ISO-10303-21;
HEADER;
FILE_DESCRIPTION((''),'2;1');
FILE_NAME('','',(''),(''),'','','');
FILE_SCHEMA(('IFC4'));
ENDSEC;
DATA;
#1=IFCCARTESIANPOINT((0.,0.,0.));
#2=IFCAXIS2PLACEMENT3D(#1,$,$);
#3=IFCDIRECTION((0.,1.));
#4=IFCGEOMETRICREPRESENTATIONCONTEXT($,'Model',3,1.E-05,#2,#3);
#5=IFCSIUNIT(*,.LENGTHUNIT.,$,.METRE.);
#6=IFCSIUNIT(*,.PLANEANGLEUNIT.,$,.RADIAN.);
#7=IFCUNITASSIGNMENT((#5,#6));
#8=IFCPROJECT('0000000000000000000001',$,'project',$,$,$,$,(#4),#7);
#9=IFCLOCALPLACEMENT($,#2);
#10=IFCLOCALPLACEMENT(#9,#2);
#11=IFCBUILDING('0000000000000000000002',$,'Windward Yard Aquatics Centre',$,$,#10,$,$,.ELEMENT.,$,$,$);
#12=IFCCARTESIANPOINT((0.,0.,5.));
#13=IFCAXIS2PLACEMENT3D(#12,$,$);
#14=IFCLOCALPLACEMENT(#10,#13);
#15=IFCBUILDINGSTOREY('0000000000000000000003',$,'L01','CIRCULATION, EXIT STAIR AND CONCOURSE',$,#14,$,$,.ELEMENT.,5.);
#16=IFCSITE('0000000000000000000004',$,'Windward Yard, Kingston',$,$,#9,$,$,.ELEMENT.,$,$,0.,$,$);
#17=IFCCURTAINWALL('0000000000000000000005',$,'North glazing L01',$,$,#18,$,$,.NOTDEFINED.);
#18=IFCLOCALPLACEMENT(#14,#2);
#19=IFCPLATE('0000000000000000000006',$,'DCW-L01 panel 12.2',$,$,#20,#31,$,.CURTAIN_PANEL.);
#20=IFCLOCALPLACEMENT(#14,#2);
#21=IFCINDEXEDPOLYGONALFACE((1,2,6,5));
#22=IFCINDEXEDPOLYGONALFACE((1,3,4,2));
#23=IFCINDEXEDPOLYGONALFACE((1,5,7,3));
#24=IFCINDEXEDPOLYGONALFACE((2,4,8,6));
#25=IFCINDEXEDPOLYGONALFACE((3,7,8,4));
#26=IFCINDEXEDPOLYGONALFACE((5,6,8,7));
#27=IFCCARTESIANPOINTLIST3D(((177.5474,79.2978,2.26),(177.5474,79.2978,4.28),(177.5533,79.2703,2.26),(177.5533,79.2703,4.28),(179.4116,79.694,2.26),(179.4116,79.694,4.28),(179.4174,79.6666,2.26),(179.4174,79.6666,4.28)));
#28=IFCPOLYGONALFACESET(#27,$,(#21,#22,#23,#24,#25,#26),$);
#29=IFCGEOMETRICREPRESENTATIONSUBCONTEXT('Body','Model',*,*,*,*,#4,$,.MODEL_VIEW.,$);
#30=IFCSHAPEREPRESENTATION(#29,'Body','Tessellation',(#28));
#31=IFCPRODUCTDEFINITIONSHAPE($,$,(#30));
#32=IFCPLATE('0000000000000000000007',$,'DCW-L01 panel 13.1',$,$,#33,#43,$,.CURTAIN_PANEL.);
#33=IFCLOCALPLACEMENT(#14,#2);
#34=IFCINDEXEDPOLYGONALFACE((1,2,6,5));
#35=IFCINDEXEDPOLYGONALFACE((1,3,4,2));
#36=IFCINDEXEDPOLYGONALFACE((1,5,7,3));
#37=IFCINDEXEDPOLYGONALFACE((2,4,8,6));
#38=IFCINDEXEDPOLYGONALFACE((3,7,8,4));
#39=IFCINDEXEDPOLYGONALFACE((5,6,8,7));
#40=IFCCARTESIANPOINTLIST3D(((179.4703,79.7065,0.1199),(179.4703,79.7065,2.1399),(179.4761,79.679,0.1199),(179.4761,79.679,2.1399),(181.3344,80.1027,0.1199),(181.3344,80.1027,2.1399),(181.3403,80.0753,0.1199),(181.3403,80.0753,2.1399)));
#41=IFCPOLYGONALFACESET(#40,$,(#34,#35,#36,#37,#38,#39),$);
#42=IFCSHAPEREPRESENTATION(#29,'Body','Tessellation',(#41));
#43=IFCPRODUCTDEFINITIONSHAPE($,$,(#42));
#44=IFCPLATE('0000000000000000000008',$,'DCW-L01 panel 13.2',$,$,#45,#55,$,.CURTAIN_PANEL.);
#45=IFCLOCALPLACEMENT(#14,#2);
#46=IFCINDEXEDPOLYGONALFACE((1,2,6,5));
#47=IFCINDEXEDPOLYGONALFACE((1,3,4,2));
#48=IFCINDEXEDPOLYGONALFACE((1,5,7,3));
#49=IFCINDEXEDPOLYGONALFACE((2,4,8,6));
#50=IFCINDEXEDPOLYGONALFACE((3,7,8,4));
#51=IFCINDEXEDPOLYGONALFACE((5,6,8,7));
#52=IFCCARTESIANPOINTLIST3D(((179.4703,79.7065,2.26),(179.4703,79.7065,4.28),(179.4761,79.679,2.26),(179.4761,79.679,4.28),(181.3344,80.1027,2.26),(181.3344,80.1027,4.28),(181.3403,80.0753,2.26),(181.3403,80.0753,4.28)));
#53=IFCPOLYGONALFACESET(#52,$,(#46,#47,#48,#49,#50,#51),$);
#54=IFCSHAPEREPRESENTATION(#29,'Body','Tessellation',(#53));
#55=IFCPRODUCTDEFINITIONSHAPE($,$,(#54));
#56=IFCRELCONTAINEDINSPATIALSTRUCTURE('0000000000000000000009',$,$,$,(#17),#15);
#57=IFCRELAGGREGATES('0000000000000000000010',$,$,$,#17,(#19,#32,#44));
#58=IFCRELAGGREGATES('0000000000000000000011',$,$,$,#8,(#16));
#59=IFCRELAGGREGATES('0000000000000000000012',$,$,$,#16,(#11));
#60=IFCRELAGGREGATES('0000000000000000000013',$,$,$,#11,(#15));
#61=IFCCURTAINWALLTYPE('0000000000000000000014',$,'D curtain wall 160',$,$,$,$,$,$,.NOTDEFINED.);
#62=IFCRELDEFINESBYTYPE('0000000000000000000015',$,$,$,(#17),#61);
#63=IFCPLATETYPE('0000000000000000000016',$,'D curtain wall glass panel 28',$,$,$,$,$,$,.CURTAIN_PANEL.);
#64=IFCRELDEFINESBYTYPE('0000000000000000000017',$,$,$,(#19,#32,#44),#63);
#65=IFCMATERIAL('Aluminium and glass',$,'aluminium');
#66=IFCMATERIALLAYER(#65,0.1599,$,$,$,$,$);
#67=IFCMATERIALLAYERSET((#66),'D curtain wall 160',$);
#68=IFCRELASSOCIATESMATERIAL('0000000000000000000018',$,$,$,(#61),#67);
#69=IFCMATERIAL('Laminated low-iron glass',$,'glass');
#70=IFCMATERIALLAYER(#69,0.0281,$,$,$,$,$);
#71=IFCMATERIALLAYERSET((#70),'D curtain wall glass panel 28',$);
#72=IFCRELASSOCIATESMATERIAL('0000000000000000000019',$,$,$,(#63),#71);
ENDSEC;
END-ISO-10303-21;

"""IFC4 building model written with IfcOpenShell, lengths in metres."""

from ifc_helpers import new_model, si_unit, direction, frame, origin, origin_2d, place, context, subcontext, project, spatial, rectangle, extrude, material, layer, layer_set, type_object, element, aggregate, save


model = new_model("IFC4")

# Units and contexts
model_context = context("Model", 3, precision=1e-05, world=origin(), true_north=direction((0.0, 1.0)))
body_context = subcontext(model_context, "Body", "Model", "MODEL_VIEW")
ifc_project = project(units=[si_unit("LENGTHUNIT", "METRE"), si_unit("PLANEANGLEUNIT", "RADIAN")], contexts=[model_context])

# Site, building, storey
site_placement = place(None, origin())
site = spatial("IfcSite", under=ifc_project, at=site_placement, Name="Windward Yard, Kingston", CompositionType="ELEMENT", RefElevation=0.0)
building_placement = place(site_placement, origin())
building = spatial("IfcBuilding", under=site, at=building_placement, Name="Windward Yard Aquatics Centre", CompositionType="ELEMENT")
storey_placement = place(building_placement, frame((0.0, 0.0, 5.0)))
storey = spatial("IfcBuildingStorey", under=building, at=storey_placement, Name="L01", Description="CIRCULATION, EXIT STAIR AND CONCOURSE", CompositionType="ELEMENT", Elevation=5.0)

# Curtain wall, plates
ifc_material_1 = material(Name="Aluminium and glass", Category="aluminium")
ifc_layer_1 = layer(ifc_material_1, 0.1599)
ifc_layer_set_1 = layer_set([ifc_layer_1], Name="D curtain wall 160")
curtain_wall_type = type_object("IfcCurtainWallType", Name="D curtain wall 160", PredefinedType="NOTDEFINED", material=ifc_layer_set_1)
curtain_wall_placement = place(storey_placement, origin())
curtain_wall = element("IfcCurtainWall", 1, at=curtain_wall_placement, inside=storey, type_object=curtain_wall_type, Name="North glazing L01", PredefinedType="NOTDEFINED")
ifc_material_2 = material(Name="Laminated low-iron glass", Category="glass")
ifc_layer_2 = layer(ifc_material_2, 0.0281)
ifc_layer_set_2 = layer_set([ifc_layer_2], Name="D curtain wall glass panel 28")
plate_type = type_object("IfcPlateType", Name="D curtain wall glass panel 28", PredefinedType="CURTAIN_PANEL", material=ifc_layer_set_2)
plate_1_placement = place(storey_placement, frame((178.4824, 79.4822, 2.26), z_axis=(0.0, 0.0, 1.0), x_axis=(0.978148, 0.207912, 0.0)))
plate_1 = element("IfcPlate", 2, at=plate_1_placement, type_object=plate_type, Name="DCW-L01 panel 12.2", PredefinedType="CURTAIN_PANEL", context=body_context, shape_type="SweptSolid", body=[
    extrude(rectangle(XDim=1.9058, YDim=0.0281, at=origin_2d()), origin(), (0.0, 0.0, 1.0), 2.02),
])
plate_2_placement = place(storey_placement, frame((180.4053, 79.8909, 0.1199), z_axis=(0.0, 0.0, 1.0), x_axis=(0.978148, 0.207912, 0.0)))
plate_2 = element("IfcPlate", 3, at=plate_2_placement, type_object=plate_type, Name="DCW-L01 panel 13.1", PredefinedType="CURTAIN_PANEL", context=body_context, shape_type="SweptSolid", body=[
    extrude(rectangle(XDim=1.9058, YDim=0.0281, at=origin_2d()), origin(), (0.0, 0.0, 1.0), 2.02),
])
plate_3_placement = place(storey_placement, frame((180.4053, 79.8909, 2.26), z_axis=(0.0, 0.0, 1.0), x_axis=(0.978148, 0.207912, 0.0)))
plate_3 = element("IfcPlate", 4, at=plate_3_placement, type_object=plate_type, Name="DCW-L01 panel 13.2", PredefinedType="CURTAIN_PANEL", context=body_context, shape_type="SweptSolid", body=[
    extrude(rectangle(XDim=1.9058, YDim=0.0281, at=origin_2d()), origin(), (0.0, 0.0, 1.0), 2.02),
])
aggregate(curtain_wall, [plate_1, plate_2, plate_3])

save(model, "model.ifc")
